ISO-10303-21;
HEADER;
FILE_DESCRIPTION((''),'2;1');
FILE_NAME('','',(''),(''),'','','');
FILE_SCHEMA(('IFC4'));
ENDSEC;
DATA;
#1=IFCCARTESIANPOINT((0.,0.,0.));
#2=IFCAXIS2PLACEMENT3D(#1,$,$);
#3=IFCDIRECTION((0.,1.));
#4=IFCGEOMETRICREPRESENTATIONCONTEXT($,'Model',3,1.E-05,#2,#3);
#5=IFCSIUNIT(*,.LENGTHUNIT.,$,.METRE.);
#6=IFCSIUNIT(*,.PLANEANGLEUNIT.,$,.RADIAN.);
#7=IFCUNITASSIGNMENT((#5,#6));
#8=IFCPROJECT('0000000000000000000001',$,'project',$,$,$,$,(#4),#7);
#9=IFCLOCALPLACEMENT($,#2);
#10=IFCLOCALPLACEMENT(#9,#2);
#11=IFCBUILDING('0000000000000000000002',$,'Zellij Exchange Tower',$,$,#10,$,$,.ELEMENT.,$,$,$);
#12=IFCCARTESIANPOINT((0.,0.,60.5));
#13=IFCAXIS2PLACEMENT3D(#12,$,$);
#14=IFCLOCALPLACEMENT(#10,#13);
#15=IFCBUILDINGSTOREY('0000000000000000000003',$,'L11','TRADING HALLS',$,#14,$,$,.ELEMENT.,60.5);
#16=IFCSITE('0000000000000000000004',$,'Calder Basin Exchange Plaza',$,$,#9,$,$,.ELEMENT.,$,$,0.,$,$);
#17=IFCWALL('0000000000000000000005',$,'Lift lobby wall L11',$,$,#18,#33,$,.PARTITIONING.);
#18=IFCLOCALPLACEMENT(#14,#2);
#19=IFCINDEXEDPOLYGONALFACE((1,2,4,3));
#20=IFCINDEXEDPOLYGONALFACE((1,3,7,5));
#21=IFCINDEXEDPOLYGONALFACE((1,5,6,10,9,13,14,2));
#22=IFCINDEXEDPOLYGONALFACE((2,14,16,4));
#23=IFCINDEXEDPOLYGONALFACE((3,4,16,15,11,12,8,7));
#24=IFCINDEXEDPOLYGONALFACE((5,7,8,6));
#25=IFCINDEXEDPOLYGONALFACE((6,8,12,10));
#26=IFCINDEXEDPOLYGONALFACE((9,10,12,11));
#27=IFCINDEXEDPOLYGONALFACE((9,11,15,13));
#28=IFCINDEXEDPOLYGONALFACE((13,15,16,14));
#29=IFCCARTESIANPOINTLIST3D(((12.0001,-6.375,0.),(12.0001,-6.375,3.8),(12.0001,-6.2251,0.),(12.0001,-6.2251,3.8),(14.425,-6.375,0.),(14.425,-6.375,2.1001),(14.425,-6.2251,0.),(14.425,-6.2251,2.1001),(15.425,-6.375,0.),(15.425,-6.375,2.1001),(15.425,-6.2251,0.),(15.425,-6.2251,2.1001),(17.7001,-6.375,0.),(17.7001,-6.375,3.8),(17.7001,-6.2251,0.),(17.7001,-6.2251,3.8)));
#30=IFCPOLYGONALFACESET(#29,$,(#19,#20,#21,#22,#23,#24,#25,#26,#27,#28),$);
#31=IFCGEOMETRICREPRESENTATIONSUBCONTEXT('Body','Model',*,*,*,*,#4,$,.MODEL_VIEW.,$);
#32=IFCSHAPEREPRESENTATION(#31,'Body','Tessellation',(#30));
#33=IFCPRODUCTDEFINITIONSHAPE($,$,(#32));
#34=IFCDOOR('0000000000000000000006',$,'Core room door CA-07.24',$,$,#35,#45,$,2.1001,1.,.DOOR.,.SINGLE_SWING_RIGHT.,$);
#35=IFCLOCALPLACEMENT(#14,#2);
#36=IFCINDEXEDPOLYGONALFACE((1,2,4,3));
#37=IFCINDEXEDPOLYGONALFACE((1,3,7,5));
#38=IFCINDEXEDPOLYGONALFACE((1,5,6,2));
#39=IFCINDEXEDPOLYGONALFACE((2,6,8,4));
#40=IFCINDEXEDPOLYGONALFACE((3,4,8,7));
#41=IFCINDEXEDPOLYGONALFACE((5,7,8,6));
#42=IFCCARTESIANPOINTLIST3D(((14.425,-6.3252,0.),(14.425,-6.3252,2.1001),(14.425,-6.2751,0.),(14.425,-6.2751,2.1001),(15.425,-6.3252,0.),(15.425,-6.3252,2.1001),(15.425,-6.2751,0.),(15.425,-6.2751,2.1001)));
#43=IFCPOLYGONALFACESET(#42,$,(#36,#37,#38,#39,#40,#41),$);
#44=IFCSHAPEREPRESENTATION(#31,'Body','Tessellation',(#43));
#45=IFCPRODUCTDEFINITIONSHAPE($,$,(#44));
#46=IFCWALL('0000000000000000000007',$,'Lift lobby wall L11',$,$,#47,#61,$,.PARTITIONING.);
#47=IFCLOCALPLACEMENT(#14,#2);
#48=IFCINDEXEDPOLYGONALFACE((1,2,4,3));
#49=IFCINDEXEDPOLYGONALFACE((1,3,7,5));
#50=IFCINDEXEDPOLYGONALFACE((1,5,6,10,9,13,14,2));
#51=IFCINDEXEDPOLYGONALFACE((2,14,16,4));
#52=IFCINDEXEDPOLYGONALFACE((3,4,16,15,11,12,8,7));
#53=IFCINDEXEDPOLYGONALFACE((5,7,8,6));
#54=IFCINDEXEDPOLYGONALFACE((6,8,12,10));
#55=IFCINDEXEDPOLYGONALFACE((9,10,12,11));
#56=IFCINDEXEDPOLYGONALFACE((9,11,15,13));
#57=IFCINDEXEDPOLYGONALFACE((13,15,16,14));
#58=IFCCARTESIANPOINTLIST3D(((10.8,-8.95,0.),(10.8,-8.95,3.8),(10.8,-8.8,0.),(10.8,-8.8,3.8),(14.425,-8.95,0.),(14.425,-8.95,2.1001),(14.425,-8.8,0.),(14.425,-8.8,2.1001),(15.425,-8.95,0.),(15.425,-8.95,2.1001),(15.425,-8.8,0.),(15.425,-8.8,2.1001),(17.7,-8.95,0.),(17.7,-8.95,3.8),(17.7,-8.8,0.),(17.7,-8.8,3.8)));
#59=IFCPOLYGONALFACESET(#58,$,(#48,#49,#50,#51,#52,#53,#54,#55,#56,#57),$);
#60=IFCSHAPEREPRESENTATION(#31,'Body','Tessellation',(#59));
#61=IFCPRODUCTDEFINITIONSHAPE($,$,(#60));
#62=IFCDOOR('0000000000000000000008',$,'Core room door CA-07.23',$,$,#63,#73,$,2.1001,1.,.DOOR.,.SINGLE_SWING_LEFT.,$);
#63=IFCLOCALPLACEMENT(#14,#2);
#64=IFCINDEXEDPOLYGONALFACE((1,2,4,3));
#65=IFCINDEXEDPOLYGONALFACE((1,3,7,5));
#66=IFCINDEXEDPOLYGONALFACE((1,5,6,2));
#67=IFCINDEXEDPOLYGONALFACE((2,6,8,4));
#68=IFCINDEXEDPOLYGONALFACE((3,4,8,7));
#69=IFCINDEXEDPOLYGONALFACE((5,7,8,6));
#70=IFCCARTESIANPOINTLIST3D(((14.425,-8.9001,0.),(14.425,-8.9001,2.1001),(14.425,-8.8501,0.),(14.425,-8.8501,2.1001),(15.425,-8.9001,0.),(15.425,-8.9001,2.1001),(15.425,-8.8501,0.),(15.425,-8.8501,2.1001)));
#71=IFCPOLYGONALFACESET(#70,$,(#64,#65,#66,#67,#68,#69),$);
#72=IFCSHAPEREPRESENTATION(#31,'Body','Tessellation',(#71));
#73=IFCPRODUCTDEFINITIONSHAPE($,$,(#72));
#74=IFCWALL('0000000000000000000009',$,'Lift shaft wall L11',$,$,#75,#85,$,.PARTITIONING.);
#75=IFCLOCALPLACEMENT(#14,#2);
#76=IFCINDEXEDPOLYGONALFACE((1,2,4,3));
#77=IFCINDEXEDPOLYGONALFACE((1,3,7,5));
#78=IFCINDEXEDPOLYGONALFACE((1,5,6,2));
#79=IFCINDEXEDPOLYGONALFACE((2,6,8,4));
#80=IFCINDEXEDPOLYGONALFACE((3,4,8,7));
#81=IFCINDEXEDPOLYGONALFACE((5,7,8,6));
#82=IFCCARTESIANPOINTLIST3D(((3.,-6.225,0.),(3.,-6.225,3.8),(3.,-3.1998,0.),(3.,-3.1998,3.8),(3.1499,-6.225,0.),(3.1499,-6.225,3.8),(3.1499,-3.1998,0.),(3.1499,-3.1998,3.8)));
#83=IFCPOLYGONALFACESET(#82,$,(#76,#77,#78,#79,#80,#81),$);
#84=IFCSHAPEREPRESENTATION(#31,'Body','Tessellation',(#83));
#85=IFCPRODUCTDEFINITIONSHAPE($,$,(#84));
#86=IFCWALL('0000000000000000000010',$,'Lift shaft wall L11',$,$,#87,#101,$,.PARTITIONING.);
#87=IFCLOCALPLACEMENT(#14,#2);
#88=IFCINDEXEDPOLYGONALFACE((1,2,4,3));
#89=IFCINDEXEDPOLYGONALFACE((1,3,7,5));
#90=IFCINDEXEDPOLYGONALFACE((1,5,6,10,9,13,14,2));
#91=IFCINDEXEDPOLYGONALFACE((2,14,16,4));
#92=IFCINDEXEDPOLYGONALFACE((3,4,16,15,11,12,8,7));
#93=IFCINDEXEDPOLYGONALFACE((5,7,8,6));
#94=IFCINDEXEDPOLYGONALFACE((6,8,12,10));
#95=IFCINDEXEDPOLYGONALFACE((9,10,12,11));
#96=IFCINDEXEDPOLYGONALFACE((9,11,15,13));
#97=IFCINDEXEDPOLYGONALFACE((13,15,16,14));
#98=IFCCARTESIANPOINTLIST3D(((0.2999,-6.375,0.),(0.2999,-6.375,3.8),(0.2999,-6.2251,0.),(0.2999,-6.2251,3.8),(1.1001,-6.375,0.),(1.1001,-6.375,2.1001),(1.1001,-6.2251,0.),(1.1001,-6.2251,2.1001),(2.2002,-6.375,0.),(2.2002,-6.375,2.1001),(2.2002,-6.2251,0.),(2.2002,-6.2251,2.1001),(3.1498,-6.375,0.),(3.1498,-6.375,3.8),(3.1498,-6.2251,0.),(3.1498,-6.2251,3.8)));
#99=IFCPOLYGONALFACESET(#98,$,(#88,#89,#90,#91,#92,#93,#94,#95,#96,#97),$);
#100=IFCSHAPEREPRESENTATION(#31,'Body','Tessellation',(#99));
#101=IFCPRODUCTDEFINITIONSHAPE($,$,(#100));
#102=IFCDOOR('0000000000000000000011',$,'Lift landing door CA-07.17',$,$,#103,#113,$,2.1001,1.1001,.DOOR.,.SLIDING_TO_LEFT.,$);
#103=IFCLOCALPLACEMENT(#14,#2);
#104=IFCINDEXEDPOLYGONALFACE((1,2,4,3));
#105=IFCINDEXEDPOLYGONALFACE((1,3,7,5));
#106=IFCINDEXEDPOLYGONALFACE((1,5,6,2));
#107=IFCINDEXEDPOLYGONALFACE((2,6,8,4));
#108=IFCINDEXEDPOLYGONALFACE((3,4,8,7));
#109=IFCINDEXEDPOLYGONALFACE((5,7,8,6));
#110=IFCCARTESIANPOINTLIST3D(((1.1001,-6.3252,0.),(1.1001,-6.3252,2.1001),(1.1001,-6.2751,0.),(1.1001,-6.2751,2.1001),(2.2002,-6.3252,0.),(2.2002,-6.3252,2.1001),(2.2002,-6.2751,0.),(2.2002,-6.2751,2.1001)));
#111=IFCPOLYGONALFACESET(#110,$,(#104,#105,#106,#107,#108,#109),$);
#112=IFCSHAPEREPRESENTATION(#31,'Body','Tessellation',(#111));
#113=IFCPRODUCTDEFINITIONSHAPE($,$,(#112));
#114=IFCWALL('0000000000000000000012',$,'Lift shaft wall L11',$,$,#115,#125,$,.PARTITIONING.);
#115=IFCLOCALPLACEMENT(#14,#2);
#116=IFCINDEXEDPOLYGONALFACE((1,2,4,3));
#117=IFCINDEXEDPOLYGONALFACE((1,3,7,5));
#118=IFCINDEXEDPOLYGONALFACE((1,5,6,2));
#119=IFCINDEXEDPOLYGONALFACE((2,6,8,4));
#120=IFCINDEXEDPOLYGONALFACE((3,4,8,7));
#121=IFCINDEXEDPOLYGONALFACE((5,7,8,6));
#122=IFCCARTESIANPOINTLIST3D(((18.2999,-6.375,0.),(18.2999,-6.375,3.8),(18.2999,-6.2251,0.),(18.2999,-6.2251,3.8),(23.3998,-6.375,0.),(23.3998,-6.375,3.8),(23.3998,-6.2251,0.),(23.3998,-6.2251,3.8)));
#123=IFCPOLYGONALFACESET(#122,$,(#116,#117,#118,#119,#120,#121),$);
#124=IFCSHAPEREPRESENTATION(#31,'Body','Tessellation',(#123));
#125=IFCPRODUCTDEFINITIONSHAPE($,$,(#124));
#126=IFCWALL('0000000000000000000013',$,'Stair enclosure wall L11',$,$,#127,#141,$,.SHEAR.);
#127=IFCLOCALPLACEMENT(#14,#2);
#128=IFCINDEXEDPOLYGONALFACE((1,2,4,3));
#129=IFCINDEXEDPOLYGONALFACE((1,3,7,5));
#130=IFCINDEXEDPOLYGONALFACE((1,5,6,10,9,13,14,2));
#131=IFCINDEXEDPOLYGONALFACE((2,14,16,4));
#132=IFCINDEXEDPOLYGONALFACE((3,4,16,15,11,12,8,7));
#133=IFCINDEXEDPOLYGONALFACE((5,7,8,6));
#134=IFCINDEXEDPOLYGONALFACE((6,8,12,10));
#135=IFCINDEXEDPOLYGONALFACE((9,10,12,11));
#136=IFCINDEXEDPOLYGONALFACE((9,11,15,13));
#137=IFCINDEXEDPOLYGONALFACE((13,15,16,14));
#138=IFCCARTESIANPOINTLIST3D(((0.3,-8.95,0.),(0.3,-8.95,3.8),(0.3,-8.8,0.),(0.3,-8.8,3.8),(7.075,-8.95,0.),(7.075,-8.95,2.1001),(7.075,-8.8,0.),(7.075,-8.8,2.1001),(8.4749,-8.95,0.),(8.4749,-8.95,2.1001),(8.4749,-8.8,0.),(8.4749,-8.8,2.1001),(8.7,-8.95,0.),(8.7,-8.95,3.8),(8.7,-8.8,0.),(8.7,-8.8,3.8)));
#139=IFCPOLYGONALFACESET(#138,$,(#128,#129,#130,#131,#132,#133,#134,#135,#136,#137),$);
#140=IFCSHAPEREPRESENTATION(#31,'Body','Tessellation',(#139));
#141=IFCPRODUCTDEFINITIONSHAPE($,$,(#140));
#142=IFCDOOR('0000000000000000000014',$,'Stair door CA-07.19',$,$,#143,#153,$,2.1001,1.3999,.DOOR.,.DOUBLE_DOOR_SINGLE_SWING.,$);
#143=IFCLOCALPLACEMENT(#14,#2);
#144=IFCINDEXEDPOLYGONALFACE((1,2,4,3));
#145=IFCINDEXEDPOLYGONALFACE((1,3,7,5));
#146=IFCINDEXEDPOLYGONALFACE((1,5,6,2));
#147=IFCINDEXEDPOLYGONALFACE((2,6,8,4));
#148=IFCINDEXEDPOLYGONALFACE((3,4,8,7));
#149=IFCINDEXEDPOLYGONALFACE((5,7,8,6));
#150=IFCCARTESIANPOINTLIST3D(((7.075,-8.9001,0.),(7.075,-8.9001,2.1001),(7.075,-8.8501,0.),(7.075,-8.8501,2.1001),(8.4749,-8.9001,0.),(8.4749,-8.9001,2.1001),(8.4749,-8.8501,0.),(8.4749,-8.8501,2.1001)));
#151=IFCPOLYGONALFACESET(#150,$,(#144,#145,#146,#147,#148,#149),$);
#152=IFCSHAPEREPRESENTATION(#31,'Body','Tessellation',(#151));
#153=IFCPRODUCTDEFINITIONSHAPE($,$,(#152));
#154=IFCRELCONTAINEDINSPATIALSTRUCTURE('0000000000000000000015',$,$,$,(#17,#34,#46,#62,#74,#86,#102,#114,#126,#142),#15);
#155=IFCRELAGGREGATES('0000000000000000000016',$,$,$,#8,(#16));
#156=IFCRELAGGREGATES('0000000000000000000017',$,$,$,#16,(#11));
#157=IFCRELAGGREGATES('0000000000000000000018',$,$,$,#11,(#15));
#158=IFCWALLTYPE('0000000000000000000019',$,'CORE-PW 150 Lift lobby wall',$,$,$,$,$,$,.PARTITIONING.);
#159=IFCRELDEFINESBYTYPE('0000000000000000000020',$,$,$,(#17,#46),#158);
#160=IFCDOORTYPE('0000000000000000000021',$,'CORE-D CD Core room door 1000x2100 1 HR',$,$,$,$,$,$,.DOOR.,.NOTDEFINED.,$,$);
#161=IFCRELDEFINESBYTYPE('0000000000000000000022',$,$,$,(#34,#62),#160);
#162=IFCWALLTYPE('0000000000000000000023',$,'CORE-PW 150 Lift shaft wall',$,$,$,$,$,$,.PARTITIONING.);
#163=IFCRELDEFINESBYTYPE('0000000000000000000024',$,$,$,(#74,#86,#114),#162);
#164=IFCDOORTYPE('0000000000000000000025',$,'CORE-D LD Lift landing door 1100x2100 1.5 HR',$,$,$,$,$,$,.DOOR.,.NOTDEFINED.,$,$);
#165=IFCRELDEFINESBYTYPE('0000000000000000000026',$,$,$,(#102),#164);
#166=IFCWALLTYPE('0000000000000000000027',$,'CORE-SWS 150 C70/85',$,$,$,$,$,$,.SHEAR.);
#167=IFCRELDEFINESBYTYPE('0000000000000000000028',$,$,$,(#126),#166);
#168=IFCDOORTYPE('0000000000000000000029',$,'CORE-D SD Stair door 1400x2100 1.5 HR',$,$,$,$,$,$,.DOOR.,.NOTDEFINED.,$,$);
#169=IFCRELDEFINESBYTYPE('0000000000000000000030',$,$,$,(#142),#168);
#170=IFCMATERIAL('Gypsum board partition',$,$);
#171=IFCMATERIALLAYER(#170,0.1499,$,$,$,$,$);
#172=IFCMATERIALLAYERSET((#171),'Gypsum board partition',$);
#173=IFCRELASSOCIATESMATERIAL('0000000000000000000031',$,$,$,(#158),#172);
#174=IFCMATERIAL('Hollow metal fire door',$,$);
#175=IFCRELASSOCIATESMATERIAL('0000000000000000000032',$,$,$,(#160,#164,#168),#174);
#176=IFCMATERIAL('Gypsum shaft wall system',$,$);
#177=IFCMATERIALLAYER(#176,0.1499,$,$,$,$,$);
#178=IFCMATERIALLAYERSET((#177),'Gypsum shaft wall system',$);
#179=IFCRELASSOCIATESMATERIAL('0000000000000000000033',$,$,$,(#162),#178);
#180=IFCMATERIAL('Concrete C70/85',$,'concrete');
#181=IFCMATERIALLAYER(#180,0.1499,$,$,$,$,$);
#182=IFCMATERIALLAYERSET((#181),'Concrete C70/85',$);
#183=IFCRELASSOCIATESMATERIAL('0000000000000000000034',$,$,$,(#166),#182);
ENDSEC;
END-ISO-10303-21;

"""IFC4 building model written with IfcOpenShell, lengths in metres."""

from ifc_helpers import new_model, si_unit, direction, frame, frame_2d, origin, place, context, subcontext, project, spatial, rectangle, extrude, material, layer, layer_set, type_object, element, fill, save


model = new_model("IFC4")

# Units and contexts
model_context = context("Model", 3, precision=1e-05, world=origin(), true_north=direction((0.0, 1.0)))
body_context = subcontext(model_context, "Body", "Model", "MODEL_VIEW")
ifc_project = project(units=[si_unit("LENGTHUNIT", "METRE"), si_unit("PLANEANGLEUNIT", "RADIAN")], contexts=[model_context])

# Site, building, storey
site_placement = place(None, origin())
site = spatial("IfcSite", under=ifc_project, at=site_placement, Name="Calder Basin Exchange Plaza", CompositionType="ELEMENT", RefElevation=0.0)
building_placement = place(site_placement, origin())
building = spatial("IfcBuilding", under=site, at=building_placement, Name="Zellij Exchange Tower", CompositionType="ELEMENT")
storey_placement = place(building_placement, frame((0.0, 0.0, 60.5)))
storey = spatial("IfcBuildingStorey", under=building, at=storey_placement, Name="L11", Description="TRADING HALLS", CompositionType="ELEMENT", Elevation=60.5)

# Shared definitions
ifc_material_1 = material(Name="Concrete C70/85", Category="concrete")

# Shared definitions
ifc_material_2 = material(Name="Gypsum shaft wall system")
ifc_material_3 = material(Name="Hollow metal fire door")

# Shared definitions
ifc_material_4 = material(Name="Gypsum board partition")
ifc_layer_1 = layer(ifc_material_4, 0.1499)
ifc_layer_set_1 = layer_set([ifc_layer_1], Name="Gypsum board partition")
wall_type_1 = type_object("IfcWallType", Name="CORE-PW 150 Lift lobby wall", PredefinedType="PARTITIONING", material=ifc_layer_set_1)

# Walls, openings, doors
wall_1_placement = place(storey_placement, frame((12.0, -6.3, 0.0), z_axis=(0.0, 0.0, 1.0), x_axis=(1.0, 0.0, 0.0)))
wall_1 = element("IfcWall", 1, at=wall_1_placement, inside=storey, type_object=wall_type_1, Name="Lift lobby wall L11", PredefinedType="PARTITIONING", context=body_context, shape_type="SweptSolid", body=[
    extrude(rectangle(XDim=5.7, YDim=0.1499, at=frame_2d((2.8501, 0.0))), origin(), (0.0, 0.0, 1.0), 3.8),
])
opening_1_placement = place(wall_1_placement, frame((2.425, 0.0, 0.0)))
opening_1 = element("IfcOpeningElement", 2, at=opening_1_placement, cuts=wall_1, PredefinedType="OPENING", context=body_context, shape_type="SweptSolid", body=[
    extrude(rectangle(XDim=1.0, YDim=2.1001, at=frame_2d((0.5, 1.05))), frame((0.0, 0.0869, 0.0), z_axis=(0.0, -1.0, 0.0), x_axis=(1.0, 0.0, 0.0)), (0.0, 0.0, 1.0), 0.1738),
])
door_type_1 = type_object("IfcDoorType", Name="CORE-D CD Core room door 1000x2100 1 HR", OperationType="NOTDEFINED", PredefinedType="DOOR", material=ifc_material_3)
door_1_placement = place(opening_1_placement, origin())
door_1 = element("IfcDoor", 3, at=door_1_placement, inside=storey, type_object=door_type_1, Name="Core room door CA-07.24", OperationType="SINGLE_SWING_RIGHT", OverallHeight=2.1001, OverallWidth=1.0, PredefinedType="DOOR", context=body_context, shape_type="SweptSolid", body=[
    extrude(rectangle(XDim=1.0, YDim=2.1001, at=frame_2d((0.5, 1.05))), frame((0.0, 0.0249, 0.0), z_axis=(0.0, -1.0, 0.0), x_axis=(1.0, 0.0, 0.0)), (0.0, 0.0, 1.0), 0.05),
])
fill(opening_1, door_1)
wall_2_placement = place(storey_placement, frame((10.8, -8.875, 0.0), z_axis=(0.0, 0.0, 1.0), x_axis=(1.0, 0.0, 0.0)))
wall_2 = element("IfcWall", 4, at=wall_2_placement, inside=storey, type_object=wall_type_1, Name="Lift lobby wall L11", PredefinedType="PARTITIONING", context=body_context, shape_type="SweptSolid", body=[
    extrude(rectangle(XDim=6.8999, YDim=0.1499, at=frame_2d((3.45, 0.0))), origin(), (0.0, 0.0, 1.0), 3.8),
])
opening_2_placement = place(wall_2_placement, frame((3.625, 0.0, 0.0)))
opening_2 = element("IfcOpeningElement", 5, at=opening_2_placement, cuts=wall_2, PredefinedType="OPENING", context=body_context, shape_type="SweptSolid", body=[
    extrude(rectangle(XDim=1.0, YDim=2.1001, at=frame_2d((0.5, 1.05))), frame((0.0, 0.0869, 0.0), z_axis=(0.0, -1.0, 0.0), x_axis=(1.0, 0.0, 0.0)), (0.0, 0.0, 1.0), 0.1738),
])
door_2_placement = place(opening_2_placement, origin())
door_2 = element("IfcDoor", 6, at=door_2_placement, inside=storey, type_object=door_type_1, Name="Core room door CA-07.23", OperationType="SINGLE_SWING_LEFT", OverallHeight=2.1001, OverallWidth=1.0, PredefinedType="DOOR", context=body_context, shape_type="SweptSolid", body=[
    extrude(rectangle(XDim=1.0, YDim=2.1001, at=frame_2d((0.5, 1.05))), frame((0.0, 0.0249, 0.0), z_axis=(0.0, -1.0, 0.0), x_axis=(1.0, 0.0, 0.0)), (0.0, 0.0, 1.0), 0.05),
])
fill(opening_2, door_2)

# Wall
ifc_layer_2 = layer(ifc_material_2, 0.1499)
ifc_layer_set_2 = layer_set([ifc_layer_2], Name="Gypsum shaft wall system")
wall_type_2 = type_object("IfcWallType", Name="CORE-PW 150 Lift shaft wall", PredefinedType="PARTITIONING", material=ifc_layer_set_2)
wall_3_placement = place(storey_placement, frame((3.075, -6.2251, 0.0), z_axis=(0.0, 0.0, 1.0), x_axis=(0.0, 1.0, 0.0)))
element("IfcWall", 7, at=wall_3_placement, inside=storey, type_object=wall_type_2, Name="Lift shaft wall L11", PredefinedType="PARTITIONING", context=body_context, shape_type="SweptSolid", body=[
    extrude(rectangle(XDim=3.0251, YDim=0.1499, at=frame_2d((1.5127, 0.0))), origin(), (0.0, 0.0, 1.0), 3.8),
])

# Wall, opening, door
wall_4_placement = place(storey_placement, frame((0.3, -6.3, 0.0), z_axis=(0.0, 0.0, 1.0), x_axis=(1.0, 0.0, 0.0)))
wall_4 = element("IfcWall", 8, at=wall_4_placement, inside=storey, type_object=wall_type_2, Name="Lift shaft wall L11", PredefinedType="PARTITIONING", context=body_context, shape_type="SweptSolid", body=[
    extrude(rectangle(XDim=2.8499, YDim=0.1499, at=frame_2d((1.4248, 0.0))), origin(), (0.0, 0.0, 1.0), 3.8),
])
opening_3_placement = place(wall_4_placement, frame((0.8, 0.0, 0.0)))
opening_3 = element("IfcOpeningElement", 9, at=opening_3_placement, cuts=wall_4, PredefinedType="OPENING", context=body_context, shape_type="SweptSolid", body=[
    extrude(rectangle(XDim=1.1001, YDim=2.1001, at=frame_2d((0.55, 1.05))), frame((0.0, 0.0869, 0.0), z_axis=(0.0, -1.0, 0.0), x_axis=(1.0, 0.0, 0.0)), (0.0, 0.0, 1.0), 0.1738),
])
door_type_2 = type_object("IfcDoorType", Name="CORE-D LD Lift landing door 1100x2100 1.5 HR", OperationType="NOTDEFINED", PredefinedType="DOOR", material=ifc_material_3)
door_3_placement = place(opening_3_placement, origin())
door_3 = element("IfcDoor", 10, at=door_3_placement, inside=storey, type_object=door_type_2, Name="Lift landing door CA-07.17", OperationType="SLIDING_TO_LEFT", OverallHeight=2.1001, OverallWidth=1.1001, PredefinedType="DOOR", context=body_context, shape_type="SweptSolid", body=[
    extrude(rectangle(XDim=1.1001, YDim=2.1001, at=frame_2d((0.55, 1.05))), frame((0.0, 0.0249, 0.0), z_axis=(0.0, -1.0, 0.0), x_axis=(1.0, 0.0, 0.0)), (0.0, 0.0, 1.0), 0.05),
])
fill(opening_3, door_3)

# Wall
wall_5_placement = place(storey_placement, frame((18.3, -6.3, 0.0), z_axis=(0.0, 0.0, 1.0), x_axis=(1.0, 0.0, 0.0)))
element("IfcWall", 11, at=wall_5_placement, inside=storey, type_object=wall_type_2, Name="Lift shaft wall L11", PredefinedType="PARTITIONING", context=body_context, shape_type="SweptSolid", body=[
    extrude(rectangle(XDim=5.0999, YDim=0.1499, at=frame_2d((2.5498, 0.0))), origin(), (0.0, 0.0, 1.0), 3.8),
])

# Wall, opening, door
ifc_layer_3 = layer(ifc_material_1, 0.1499)
ifc_layer_set_3 = layer_set([ifc_layer_3], Name="Concrete C70/85")
wall_type_3 = type_object("IfcWallType", Name="CORE-SWS 150 C70/85", PredefinedType="SHEAR", material=ifc_layer_set_3)
wall_6_placement = place(storey_placement, frame((0.3, -8.875, 0.0), z_axis=(0.0, 0.0, 1.0), x_axis=(1.0, 0.0, 0.0)))
wall_6 = element("IfcWall", 12, at=wall_6_placement, inside=storey, type_object=wall_type_3, Name="Stair enclosure wall L11", PredefinedType="SHEAR", context=body_context, shape_type="SweptSolid", body=[
    extrude(rectangle(XDim=8.3999, YDim=0.1499, at=frame_2d((4.2, 0.0))), origin(), (0.0, 0.0, 1.0), 3.8),
])
opening_4_placement = place(wall_6_placement, frame((6.7749, 0.0, 0.0)))
opening_4 = element("IfcOpeningElement", 13, at=opening_4_placement, cuts=wall_6, PredefinedType="OPENING", context=body_context, shape_type="SweptSolid", body=[
    extrude(rectangle(XDim=1.3999, YDim=2.1001, at=frame_2d((0.7, 1.05))), frame((0.0, 0.0869, 0.0), z_axis=(0.0, -1.0, 0.0), x_axis=(1.0, 0.0, 0.0)), (0.0, 0.0, 1.0), 0.1738),
])
door_type_3 = type_object("IfcDoorType", Name="CORE-D SD Stair door 1400x2100 1.5 HR", OperationType="NOTDEFINED", PredefinedType="DOOR", material=ifc_material_3)
door_4_placement = place(opening_4_placement, origin())
door_4 = element("IfcDoor", 14, at=door_4_placement, inside=storey, type_object=door_type_3, Name="Stair door CA-07.19", OperationType="DOUBLE_DOOR_SINGLE_SWING", OverallHeight=2.1001, OverallWidth=1.3999, PredefinedType="DOOR", context=body_context, shape_type="SweptSolid", body=[
    extrude(rectangle(XDim=1.3999, YDim=2.1001, at=frame_2d((0.7, 1.05))), frame((0.0, 0.0249, 0.0), z_axis=(0.0, -1.0, 0.0), x_axis=(1.0, 0.0, 0.0)), (0.0, 0.0, 1.0), 0.05),
])
fill(opening_4, door_4)

save(model, "model.ifc")
